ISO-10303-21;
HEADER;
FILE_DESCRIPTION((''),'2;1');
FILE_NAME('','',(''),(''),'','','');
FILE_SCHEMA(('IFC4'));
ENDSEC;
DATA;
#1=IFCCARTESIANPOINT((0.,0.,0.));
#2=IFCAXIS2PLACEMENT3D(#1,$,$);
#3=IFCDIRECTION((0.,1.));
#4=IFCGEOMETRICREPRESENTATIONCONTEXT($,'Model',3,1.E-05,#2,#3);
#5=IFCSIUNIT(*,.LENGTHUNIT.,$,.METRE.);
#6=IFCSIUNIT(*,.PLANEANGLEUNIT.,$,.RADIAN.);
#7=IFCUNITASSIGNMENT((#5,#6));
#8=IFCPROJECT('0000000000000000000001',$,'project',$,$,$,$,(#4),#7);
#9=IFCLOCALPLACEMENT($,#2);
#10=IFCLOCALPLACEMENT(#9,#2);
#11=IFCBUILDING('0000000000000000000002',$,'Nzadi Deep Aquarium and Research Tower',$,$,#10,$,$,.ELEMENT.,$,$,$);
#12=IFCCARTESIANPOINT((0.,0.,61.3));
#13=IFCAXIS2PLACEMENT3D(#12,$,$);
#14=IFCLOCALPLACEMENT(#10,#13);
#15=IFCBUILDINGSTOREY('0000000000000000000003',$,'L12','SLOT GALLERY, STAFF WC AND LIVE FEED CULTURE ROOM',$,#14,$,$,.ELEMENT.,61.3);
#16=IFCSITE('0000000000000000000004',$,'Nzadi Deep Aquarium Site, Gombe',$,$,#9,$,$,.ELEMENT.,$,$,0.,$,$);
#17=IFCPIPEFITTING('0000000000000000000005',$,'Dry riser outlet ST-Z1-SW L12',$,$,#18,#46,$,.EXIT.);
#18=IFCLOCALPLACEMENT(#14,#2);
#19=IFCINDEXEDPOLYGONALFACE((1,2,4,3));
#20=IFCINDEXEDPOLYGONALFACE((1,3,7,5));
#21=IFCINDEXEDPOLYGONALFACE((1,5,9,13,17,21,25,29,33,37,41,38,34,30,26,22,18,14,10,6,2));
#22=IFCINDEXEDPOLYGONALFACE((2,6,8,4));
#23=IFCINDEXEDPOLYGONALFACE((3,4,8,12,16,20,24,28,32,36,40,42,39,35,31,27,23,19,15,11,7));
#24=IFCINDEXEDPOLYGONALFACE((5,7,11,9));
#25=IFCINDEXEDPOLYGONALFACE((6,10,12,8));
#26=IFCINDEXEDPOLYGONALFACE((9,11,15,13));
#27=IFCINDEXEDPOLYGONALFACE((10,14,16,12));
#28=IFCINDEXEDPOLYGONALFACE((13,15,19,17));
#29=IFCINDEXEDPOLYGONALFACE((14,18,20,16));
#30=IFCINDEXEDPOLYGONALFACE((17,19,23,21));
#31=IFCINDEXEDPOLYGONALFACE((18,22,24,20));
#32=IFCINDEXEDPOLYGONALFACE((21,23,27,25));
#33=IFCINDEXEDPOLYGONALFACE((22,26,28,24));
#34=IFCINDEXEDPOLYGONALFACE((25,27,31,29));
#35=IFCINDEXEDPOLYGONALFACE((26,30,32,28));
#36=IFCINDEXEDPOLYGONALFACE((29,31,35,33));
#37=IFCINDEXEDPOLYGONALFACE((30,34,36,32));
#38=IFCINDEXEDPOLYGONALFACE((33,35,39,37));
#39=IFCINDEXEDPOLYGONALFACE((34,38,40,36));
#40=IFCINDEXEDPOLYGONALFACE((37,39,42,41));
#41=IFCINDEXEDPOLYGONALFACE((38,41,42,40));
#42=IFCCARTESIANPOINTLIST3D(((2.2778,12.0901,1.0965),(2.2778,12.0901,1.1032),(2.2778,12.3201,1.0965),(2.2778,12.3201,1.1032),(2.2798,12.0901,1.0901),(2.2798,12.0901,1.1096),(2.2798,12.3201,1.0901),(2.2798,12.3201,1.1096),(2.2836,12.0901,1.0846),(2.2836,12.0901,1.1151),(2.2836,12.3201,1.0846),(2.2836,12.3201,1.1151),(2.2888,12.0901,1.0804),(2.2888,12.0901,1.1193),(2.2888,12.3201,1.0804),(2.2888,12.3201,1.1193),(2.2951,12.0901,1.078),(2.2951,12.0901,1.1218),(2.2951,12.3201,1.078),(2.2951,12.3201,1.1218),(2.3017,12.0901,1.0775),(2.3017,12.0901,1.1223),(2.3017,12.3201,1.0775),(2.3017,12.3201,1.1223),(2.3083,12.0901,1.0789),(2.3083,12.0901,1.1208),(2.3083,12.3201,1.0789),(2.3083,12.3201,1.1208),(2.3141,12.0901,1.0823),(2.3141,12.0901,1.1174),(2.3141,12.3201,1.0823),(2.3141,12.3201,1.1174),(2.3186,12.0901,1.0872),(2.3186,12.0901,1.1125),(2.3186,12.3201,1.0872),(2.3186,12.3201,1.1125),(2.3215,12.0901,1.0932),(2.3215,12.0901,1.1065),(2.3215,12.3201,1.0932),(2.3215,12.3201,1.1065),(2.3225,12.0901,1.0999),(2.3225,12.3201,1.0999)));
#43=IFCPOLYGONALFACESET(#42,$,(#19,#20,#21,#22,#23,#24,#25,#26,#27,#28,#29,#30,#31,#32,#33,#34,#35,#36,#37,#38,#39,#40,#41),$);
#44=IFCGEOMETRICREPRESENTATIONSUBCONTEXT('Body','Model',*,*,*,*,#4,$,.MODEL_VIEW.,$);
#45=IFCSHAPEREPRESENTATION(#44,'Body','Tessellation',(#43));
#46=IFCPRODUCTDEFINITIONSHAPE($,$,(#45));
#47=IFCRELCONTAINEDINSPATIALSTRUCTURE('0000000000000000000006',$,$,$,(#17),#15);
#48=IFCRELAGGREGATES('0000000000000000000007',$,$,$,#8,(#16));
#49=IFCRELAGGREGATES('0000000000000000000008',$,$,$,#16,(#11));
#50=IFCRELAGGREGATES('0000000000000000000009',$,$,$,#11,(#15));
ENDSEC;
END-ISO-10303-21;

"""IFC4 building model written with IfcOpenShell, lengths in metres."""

from ifc_helpers import new_model, si_unit, direction, frame, origin, origin_2d, place, context, subcontext, project, spatial, circle, extrude, element, save


model = new_model("IFC4")

# Units and contexts
model_context = context("Model", 3, precision=1e-05, world=origin(), true_north=direction((0.0, 1.0)))
body_context = subcontext(model_context, "Body", "Model", "MODEL_VIEW")
ifc_project = project(units=[si_unit("LENGTHUNIT", "METRE"), si_unit("PLANEANGLEUNIT", "RADIAN")], contexts=[model_context])

# Site, building, storey
site_placement = place(None, origin())
site = spatial("IfcSite", under=ifc_project, at=site_placement, Name="Nzadi Deep Aquarium Site, Gombe", CompositionType="ELEMENT", RefElevation=0.0)
building_placement = place(site_placement, origin())
building = spatial("IfcBuilding", under=site, at=building_placement, Name="Nzadi Deep Aquarium and Research Tower", CompositionType="ELEMENT")
storey_placement = place(building_placement, frame((0.0, 0.0, 61.3)))
storey = spatial("IfcBuildingStorey", under=building, at=storey_placement, Name="L12", Description="SLOT GALLERY, STAFF WC AND LIVE FEED CULTURE ROOM", CompositionType="ELEMENT", Elevation=61.3)

# Pipe fitting
pipe_fitting_placement = place(storey_placement, frame((2.3, 12.3201, 1.0999), z_axis=(0.0, -1.0, 0.0), x_axis=(1.0, 0.0, 0.0)))
element("IfcPipeFitting", 1, at=pipe_fitting_placement, inside=storey, Name="Dry riser outlet ST-Z1-SW L12", PredefinedType="EXIT", context=body_context, shape_type="SweptSolid", body=[
    extrude(circle(Radius=0.0225, at=origin_2d()), origin(), (0.0, 0.0, 1.0), 0.23),
])

save(model, "model.ifc")
